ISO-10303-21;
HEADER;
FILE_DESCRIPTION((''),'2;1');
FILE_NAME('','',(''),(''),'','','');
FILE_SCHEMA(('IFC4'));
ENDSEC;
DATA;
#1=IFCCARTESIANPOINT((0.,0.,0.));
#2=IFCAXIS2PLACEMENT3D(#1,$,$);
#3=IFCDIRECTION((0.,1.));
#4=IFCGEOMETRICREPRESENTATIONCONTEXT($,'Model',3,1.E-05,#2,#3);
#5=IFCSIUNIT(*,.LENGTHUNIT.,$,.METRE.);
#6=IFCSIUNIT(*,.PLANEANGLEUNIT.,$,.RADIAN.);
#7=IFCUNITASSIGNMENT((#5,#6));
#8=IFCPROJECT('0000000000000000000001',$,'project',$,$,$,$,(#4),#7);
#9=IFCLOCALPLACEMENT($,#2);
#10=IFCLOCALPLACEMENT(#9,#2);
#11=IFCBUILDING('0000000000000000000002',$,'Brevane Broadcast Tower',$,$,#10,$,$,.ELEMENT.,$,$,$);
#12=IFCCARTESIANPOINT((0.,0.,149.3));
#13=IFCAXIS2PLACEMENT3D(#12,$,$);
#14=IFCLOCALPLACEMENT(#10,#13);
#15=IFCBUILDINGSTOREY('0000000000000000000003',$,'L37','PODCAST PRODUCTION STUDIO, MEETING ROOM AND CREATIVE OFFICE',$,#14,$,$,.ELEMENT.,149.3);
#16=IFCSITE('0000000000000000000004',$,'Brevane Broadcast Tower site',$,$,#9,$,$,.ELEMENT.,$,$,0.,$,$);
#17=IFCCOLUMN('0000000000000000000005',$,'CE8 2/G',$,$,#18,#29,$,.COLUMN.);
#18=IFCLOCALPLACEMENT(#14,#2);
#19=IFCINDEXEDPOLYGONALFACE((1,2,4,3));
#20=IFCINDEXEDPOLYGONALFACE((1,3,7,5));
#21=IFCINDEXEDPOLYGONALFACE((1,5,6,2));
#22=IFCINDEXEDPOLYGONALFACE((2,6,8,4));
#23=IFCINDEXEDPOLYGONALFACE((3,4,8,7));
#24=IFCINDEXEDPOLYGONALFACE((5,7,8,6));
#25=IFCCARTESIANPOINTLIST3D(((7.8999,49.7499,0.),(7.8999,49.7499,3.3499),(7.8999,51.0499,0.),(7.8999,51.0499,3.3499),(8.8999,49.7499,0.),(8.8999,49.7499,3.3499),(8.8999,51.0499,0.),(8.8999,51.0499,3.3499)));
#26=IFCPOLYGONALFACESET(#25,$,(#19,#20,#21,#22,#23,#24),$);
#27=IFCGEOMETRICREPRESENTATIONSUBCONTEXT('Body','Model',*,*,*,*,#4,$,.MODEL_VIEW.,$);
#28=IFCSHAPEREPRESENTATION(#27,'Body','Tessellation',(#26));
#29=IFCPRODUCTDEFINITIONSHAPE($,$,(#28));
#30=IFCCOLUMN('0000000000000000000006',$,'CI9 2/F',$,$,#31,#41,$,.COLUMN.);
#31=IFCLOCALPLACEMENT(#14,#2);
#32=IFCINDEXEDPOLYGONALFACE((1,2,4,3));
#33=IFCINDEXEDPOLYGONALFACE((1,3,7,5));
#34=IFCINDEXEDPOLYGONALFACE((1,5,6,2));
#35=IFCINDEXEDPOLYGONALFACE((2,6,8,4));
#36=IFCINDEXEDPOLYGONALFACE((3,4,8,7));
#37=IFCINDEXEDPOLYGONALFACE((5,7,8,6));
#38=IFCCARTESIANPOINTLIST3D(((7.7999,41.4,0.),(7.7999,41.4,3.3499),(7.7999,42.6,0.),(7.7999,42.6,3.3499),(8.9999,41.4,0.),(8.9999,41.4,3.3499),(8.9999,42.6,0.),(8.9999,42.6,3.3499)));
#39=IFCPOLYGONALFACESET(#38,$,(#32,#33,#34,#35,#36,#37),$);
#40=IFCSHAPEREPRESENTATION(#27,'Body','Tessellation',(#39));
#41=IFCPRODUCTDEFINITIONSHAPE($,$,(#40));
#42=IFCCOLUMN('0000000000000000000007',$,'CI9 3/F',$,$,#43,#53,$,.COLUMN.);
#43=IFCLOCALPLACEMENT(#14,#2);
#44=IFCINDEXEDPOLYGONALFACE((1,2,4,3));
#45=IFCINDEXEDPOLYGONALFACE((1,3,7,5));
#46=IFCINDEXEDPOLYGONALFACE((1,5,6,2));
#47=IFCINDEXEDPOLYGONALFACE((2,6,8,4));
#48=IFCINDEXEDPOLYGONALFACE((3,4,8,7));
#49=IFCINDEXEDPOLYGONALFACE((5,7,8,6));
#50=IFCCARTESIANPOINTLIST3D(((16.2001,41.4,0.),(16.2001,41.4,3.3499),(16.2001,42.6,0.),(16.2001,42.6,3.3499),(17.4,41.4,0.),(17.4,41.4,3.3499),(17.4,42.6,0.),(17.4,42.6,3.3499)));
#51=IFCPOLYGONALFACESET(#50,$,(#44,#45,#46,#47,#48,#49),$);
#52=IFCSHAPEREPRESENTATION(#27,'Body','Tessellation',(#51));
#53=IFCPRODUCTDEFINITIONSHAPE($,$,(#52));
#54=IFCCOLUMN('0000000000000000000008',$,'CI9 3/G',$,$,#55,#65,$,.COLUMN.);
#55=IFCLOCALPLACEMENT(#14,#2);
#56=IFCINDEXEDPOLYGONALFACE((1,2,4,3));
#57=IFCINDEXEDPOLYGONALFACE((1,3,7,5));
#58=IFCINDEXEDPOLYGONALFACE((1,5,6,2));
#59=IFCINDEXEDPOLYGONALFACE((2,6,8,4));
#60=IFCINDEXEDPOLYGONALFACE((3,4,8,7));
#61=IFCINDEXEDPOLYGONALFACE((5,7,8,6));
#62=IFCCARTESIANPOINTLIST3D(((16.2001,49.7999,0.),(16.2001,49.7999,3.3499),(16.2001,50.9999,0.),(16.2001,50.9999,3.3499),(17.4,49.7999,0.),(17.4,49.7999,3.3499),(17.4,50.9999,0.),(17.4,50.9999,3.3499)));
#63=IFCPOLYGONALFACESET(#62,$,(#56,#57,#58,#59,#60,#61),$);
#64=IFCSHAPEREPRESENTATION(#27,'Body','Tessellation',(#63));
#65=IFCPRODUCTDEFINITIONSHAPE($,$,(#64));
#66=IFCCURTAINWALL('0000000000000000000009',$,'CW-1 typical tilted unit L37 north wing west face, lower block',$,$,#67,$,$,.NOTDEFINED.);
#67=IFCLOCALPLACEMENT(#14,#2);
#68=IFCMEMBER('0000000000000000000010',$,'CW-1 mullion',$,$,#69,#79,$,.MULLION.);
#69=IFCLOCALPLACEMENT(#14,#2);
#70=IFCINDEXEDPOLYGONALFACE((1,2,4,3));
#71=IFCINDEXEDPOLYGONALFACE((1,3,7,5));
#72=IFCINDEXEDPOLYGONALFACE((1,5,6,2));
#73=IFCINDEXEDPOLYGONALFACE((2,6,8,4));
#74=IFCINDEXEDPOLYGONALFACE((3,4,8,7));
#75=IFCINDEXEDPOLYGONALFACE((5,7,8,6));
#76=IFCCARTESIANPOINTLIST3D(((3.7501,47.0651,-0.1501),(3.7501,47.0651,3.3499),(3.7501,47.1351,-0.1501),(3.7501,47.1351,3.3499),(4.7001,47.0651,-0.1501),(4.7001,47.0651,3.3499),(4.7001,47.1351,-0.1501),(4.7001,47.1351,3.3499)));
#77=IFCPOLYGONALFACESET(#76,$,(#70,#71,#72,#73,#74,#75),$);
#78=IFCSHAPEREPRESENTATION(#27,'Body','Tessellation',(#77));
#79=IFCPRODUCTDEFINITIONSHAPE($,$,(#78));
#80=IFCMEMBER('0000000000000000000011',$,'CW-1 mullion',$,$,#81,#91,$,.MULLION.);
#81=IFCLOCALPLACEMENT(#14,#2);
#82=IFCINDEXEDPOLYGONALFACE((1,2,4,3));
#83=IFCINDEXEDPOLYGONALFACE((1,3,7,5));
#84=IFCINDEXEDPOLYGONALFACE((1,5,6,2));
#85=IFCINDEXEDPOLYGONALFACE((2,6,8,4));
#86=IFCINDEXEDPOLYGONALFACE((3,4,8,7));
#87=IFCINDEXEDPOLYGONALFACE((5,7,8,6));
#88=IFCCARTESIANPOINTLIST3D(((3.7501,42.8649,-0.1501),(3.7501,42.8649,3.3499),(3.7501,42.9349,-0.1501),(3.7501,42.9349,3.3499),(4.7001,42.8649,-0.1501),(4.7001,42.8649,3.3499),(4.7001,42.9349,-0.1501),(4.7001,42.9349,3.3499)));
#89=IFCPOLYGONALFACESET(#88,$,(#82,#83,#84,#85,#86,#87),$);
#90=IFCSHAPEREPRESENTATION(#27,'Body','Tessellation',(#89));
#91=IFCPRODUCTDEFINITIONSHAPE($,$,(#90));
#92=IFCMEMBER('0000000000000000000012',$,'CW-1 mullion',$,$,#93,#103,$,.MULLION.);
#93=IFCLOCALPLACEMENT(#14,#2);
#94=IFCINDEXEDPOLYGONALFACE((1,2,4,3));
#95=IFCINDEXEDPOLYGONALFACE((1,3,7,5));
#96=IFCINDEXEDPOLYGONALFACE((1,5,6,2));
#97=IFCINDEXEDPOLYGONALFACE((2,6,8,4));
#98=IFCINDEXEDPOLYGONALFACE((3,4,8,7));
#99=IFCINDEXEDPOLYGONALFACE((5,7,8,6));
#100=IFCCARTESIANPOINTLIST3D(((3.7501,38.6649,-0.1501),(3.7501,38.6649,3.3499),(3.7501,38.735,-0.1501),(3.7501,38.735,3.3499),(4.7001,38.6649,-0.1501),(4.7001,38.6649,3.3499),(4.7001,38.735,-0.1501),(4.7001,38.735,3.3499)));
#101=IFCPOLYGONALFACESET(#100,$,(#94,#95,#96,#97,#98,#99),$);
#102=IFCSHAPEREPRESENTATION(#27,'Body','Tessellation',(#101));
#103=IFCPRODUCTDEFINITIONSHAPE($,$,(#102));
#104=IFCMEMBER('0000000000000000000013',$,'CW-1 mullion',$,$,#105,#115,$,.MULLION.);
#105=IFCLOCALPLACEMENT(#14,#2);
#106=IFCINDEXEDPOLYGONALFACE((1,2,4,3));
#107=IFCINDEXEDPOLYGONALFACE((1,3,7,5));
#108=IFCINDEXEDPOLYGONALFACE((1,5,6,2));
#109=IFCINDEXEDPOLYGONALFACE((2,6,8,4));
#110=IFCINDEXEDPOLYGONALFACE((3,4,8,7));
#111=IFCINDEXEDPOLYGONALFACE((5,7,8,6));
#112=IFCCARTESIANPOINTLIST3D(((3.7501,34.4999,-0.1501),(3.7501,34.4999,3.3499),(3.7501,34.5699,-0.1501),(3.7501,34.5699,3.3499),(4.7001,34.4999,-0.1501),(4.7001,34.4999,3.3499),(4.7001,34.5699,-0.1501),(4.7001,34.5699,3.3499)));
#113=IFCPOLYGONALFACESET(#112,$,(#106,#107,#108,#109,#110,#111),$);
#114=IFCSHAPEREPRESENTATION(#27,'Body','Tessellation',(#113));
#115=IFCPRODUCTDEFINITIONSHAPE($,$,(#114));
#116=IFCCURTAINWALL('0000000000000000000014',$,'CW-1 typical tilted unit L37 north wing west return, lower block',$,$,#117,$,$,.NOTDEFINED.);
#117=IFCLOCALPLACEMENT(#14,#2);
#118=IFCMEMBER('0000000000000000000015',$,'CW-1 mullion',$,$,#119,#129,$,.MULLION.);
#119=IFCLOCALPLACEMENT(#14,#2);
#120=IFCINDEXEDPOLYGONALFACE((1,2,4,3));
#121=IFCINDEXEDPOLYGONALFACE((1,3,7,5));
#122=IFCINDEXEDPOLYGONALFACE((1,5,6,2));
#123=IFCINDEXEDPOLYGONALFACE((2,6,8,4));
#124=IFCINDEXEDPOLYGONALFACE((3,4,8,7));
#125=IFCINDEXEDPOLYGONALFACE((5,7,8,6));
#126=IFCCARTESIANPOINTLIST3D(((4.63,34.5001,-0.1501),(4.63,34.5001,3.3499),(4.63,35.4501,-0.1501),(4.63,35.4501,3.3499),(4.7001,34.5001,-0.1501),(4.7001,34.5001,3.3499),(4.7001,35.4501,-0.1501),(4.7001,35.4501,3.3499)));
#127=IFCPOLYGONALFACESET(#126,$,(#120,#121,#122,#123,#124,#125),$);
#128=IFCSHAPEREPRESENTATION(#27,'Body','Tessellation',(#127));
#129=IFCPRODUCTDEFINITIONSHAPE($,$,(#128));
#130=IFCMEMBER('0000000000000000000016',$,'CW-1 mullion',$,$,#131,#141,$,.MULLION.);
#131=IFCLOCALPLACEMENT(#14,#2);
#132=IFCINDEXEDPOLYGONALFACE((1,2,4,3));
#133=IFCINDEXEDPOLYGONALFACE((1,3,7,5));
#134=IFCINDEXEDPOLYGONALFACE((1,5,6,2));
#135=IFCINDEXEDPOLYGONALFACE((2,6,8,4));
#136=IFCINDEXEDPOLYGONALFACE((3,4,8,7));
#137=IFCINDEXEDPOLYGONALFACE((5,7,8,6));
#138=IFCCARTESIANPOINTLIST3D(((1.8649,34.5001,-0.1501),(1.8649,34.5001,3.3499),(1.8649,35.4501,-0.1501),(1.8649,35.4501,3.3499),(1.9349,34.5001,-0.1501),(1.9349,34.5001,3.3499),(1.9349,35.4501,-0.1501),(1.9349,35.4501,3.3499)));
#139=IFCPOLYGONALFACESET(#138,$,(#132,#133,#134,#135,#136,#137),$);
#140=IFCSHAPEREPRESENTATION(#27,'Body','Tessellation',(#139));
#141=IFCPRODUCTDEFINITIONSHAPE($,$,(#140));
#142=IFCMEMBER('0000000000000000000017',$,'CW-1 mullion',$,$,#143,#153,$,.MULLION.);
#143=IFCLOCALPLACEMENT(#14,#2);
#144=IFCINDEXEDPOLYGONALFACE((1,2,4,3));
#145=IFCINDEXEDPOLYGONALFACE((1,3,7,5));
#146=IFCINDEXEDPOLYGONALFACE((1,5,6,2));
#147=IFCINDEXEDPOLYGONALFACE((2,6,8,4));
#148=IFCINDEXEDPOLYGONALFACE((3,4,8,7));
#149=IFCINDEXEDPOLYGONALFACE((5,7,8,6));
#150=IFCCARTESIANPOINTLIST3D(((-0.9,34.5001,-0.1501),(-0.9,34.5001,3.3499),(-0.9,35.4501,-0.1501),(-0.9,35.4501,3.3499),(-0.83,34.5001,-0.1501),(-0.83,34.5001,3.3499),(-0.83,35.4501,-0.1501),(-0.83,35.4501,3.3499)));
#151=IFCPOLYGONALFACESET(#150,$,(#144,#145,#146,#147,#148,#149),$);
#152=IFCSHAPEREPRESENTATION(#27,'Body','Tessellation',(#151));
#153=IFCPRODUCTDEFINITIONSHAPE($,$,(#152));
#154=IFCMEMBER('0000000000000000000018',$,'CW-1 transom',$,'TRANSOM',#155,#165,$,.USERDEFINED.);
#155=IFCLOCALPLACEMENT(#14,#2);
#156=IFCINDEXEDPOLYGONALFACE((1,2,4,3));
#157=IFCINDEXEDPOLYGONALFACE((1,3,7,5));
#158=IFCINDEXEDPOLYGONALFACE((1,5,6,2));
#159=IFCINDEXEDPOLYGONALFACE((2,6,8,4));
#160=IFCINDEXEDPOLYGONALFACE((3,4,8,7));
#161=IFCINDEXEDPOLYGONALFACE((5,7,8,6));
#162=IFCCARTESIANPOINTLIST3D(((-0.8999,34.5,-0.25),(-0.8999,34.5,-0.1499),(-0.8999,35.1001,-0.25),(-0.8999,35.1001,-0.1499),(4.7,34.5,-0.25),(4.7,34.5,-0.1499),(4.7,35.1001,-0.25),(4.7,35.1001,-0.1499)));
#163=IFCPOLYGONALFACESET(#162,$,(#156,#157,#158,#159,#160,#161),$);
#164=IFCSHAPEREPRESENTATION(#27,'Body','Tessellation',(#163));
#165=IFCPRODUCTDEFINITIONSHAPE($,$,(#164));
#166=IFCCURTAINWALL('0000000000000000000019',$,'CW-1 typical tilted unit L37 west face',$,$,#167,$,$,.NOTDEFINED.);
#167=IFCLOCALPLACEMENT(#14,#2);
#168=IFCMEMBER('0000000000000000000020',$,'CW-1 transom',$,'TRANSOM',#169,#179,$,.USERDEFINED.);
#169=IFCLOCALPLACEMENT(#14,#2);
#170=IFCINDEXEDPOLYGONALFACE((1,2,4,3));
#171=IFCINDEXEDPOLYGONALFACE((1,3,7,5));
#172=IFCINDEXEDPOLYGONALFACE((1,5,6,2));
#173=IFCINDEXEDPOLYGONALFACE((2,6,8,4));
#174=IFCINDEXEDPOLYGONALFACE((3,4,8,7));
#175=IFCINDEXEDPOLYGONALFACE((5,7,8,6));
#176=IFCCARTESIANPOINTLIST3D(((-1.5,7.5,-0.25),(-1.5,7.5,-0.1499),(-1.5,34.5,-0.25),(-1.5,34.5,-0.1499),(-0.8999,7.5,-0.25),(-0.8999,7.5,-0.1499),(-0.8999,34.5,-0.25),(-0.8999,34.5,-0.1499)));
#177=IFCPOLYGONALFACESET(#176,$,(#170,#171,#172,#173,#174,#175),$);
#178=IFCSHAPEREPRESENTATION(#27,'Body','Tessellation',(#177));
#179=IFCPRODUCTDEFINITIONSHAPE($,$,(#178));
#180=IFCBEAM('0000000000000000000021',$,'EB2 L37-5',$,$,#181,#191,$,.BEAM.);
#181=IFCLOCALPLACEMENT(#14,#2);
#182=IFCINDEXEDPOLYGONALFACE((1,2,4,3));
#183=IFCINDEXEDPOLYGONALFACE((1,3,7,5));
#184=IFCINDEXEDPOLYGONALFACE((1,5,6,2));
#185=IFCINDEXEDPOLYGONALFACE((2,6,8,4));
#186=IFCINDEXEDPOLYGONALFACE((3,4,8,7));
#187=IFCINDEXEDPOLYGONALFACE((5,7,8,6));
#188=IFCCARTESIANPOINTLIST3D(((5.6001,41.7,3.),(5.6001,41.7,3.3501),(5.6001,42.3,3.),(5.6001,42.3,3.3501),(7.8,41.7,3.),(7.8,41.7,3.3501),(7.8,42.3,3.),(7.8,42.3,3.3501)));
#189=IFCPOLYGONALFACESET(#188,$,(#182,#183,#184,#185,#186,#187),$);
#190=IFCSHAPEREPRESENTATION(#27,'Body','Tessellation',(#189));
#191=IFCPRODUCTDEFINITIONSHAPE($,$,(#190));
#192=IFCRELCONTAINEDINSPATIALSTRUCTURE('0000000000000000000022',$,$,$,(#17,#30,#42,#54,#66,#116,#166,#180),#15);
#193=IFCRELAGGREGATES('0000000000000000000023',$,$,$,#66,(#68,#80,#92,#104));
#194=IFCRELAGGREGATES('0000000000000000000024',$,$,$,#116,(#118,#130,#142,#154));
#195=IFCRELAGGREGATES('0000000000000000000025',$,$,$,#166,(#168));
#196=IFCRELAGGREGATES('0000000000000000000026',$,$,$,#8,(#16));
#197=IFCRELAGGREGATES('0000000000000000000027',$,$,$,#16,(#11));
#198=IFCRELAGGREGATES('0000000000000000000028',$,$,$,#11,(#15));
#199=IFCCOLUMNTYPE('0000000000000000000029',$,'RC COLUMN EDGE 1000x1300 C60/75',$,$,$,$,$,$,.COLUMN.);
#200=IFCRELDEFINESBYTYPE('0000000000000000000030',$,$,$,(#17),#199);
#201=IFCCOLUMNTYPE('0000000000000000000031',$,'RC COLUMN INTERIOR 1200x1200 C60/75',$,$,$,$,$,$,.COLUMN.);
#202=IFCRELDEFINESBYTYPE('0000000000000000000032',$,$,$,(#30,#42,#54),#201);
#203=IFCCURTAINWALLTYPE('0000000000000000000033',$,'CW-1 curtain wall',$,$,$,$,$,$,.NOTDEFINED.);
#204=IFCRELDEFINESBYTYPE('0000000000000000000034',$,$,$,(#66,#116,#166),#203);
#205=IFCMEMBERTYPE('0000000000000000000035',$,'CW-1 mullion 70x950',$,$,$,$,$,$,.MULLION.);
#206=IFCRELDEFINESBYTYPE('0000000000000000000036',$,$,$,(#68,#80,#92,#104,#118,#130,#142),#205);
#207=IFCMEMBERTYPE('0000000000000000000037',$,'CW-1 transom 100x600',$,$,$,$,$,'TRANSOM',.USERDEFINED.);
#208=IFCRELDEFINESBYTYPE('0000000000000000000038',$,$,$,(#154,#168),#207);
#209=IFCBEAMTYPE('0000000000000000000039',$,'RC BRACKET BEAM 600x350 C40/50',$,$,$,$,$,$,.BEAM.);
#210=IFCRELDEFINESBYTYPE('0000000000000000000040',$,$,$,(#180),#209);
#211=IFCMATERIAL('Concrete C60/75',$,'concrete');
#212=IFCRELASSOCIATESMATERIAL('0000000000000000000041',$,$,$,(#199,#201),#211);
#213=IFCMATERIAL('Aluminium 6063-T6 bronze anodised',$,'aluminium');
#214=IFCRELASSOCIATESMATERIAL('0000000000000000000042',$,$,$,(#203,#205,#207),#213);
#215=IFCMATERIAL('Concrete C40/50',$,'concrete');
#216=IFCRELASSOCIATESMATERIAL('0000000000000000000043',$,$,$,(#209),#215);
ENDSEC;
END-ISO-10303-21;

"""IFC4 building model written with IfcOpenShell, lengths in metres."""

from ifc_helpers import new_model, si_unit, direction, frame, origin, origin_2d, place, context, subcontext, project, spatial, rectangle, extrude, material, material_profile, profile_set, type_object, element, aggregate, save


model = new_model("IFC4")

# Units and contexts
model_context = context("Model", 3, precision=1e-05, world=origin(), true_north=direction((0.0, 1.0)))
body_context = subcontext(model_context, "Body", "Model", "MODEL_VIEW")
ifc_project = project(units=[si_unit("LENGTHUNIT", "METRE"), si_unit("PLANEANGLEUNIT", "RADIAN")], contexts=[model_context])

# Site, building, storey
site_placement = place(None, origin())
site = spatial("IfcSite", under=ifc_project, at=site_placement, Name="Brevane Broadcast Tower site", CompositionType="ELEMENT", RefElevation=0.0)
building_placement = place(site_placement, origin())
building = spatial("IfcBuilding", under=site, at=building_placement, Name="Brevane Broadcast Tower", CompositionType="ELEMENT")
storey_placement = place(building_placement, frame((0.0, 0.0, 149.3)))
storey = spatial("IfcBuildingStorey", under=building, at=storey_placement, Name="L37", Description="PODCAST PRODUCTION STUDIO, MEETING ROOM AND CREATIVE OFFICE", CompositionType="ELEMENT", Elevation=149.3)

# Columns
ifc_material_1 = material(Name="Concrete C60/75", Category="concrete")
ifc_material_profile_1 = material_profile(ifc_material_1, rectangle(XDim=1.0, YDim=1.3, at=origin_2d()), Name="RC 1000x1300")
ifc_profile_set_1 = profile_set([ifc_material_profile_1], Name="Concrete C60/75")
column_type_1 = type_object("IfcColumnType", Name="RC COLUMN EDGE 1000x1300 C60/75", PredefinedType="COLUMN", material=ifc_profile_set_1)
column_placement = place(storey_placement, frame((8.3999, 50.3999, 0.0), z_axis=(0.0, 0.0, 1.0), x_axis=(1.0, 0.0, 0.0)))
element("IfcColumn", 1, at=column_placement, inside=storey, type_object=column_type_1, Name="CE8 2/G", PredefinedType="COLUMN", context=body_context, shape_type="SweptSolid", body=[
    extrude(rectangle(XDim=1.0, YDim=1.3, at=origin_2d()), origin(), (0.0, 0.0, 1.0), 3.3499),
])
ifc_material_profile_2 = material_profile(ifc_material_1, rectangle(XDim=1.2, YDim=1.2, at=origin_2d()), Name="RC 1200x1200")
ifc_profile_set_2 = profile_set([ifc_material_profile_2], Name="Concrete C60/75")
column_type_2 = type_object("IfcColumnType", Name="RC COLUMN INTERIOR 1200x1200 C60/75", PredefinedType="COLUMN", material=ifc_profile_set_2)
for number, where, z_axis, x_axis, name in (
    (2, (8.3999, 42.0, 0.0), (0.0, 0.0, 1.0), (1.0, 0.0, 0.0), "CI9 2/F"),
    (3, (16.8, 42.0, 0.0), (0.0, 0.0, 1.0), (1.0, 0.0, 0.0), "CI9 3/F"),
    (4, (16.8, 50.3999, 0.0), (0.0, 0.0, 1.0), (1.0, 0.0, 0.0), "CI9 3/G"),
):
    element("IfcColumn", number, at=place(storey_placement, frame(where, z_axis=z_axis, x_axis=x_axis)), inside=storey, type_object=column_type_2, Name=name, PredefinedType="COLUMN", context=body_context, shape_type="SweptSolid", body=[
        extrude(rectangle(XDim=1.2, YDim=1.2, at=origin_2d()), origin(), (0.0, 0.0, 1.0), 3.3499),
    ])

# Curtain walls, members
ifc_material_2 = material(Name="Aluminium 6063-T6 bronze anodised", Category="aluminium")
curtain_wall_type = type_object("IfcCurtainWallType", Name="CW-1 curtain wall", PredefinedType="NOTDEFINED", material=ifc_material_2)
curtain_wall_1_placement = place(storey_placement, origin())
curtain_wall_1 = element("IfcCurtainWall", 5, at=curtain_wall_1_placement, inside=storey, type_object=curtain_wall_type, Name="CW-1 typical tilted unit L37 north wing west face, lower block", PredefinedType="NOTDEFINED")
ifc_material_profile_3 = material_profile(ifc_material_2, rectangle(XDim=0.95, YDim=0.0701, at=origin_2d()), Name="RECT 70x950")
ifc_profile_set_3 = profile_set([ifc_material_profile_3], Name="Aluminium 6063-T6 bronze anodised")
member_type_1 = type_object("IfcMemberType", Name="CW-1 mullion 70x950", PredefinedType="MULLION", material=ifc_profile_set_3)
member_1_placement = place(storey_placement, frame((4.2251, 47.1001, -0.1501), z_axis=(0.0, 0.0, 1.0), x_axis=(1.0, 0.0, 0.0)))
member_1 = element("IfcMember", 6, at=member_1_placement, type_object=member_type_1, Name="CW-1 mullion", PredefinedType="MULLION", context=body_context, shape_type="SweptSolid", body=[
    extrude(rectangle(XDim=0.95, YDim=0.0701, at=origin_2d()), origin(), (0.0, 0.0, 1.0), 3.5),
])
member_2_placement = place(storey_placement, frame((4.2251, 42.8999, -0.1501), z_axis=(0.0, 0.0, 1.0), x_axis=(1.0, 0.0, 0.0)))
member_2 = element("IfcMember", 7, at=member_2_placement, type_object=member_type_1, Name="CW-1 mullion", PredefinedType="MULLION", context=body_context, shape_type="SweptSolid", body=[
    extrude(rectangle(XDim=0.95, YDim=0.0701, at=origin_2d()), origin(), (0.0, 0.0, 1.0), 3.5),
])
member_3_placement = place(storey_placement, frame((4.2251, 38.7, -0.1501), z_axis=(0.0, 0.0, 1.0), x_axis=(1.0, 0.0, 0.0)))
member_3 = element("IfcMember", 8, at=member_3_placement, type_object=member_type_1, Name="CW-1 mullion", PredefinedType="MULLION", context=body_context, shape_type="SweptSolid", body=[
    extrude(rectangle(XDim=0.95, YDim=0.0701, at=origin_2d()), origin(), (0.0, 0.0, 1.0), 3.5),
])
member_4_placement = place(storey_placement, frame((4.2251, 34.5349, -0.1501), z_axis=(0.0, 0.0, 1.0), x_axis=(1.0, 0.0, 0.0)))
member_4 = element("IfcMember", 9, at=member_4_placement, type_object=member_type_1, Name="CW-1 mullion", PredefinedType="MULLION", context=body_context, shape_type="SweptSolid", body=[
    extrude(rectangle(XDim=0.95, YDim=0.0701, at=origin_2d()), origin(), (0.0, 0.0, 1.0), 3.5),
])
aggregate(curtain_wall_1, [member_1, member_2, member_3, member_4])
curtain_wall_2_placement = place(storey_placement, origin())
curtain_wall_2 = element("IfcCurtainWall", 10, at=curtain_wall_2_placement, inside=storey, type_object=curtain_wall_type, Name="CW-1 typical tilted unit L37 north wing west return, lower block", PredefinedType="NOTDEFINED")
member_5_placement = place(storey_placement, frame((4.665, 34.9751, -0.1501), z_axis=(0.0, 0.0, 1.0), x_axis=(0.0, -1.0, 0.0)))
member_5 = element("IfcMember", 11, at=member_5_placement, type_object=member_type_1, Name="CW-1 mullion", PredefinedType="MULLION", context=body_context, shape_type="SweptSolid", body=[
    extrude(rectangle(XDim=0.95, YDim=0.0701, at=origin_2d()), origin(), (0.0, 0.0, 1.0), 3.5),
])
member_6_placement = place(storey_placement, frame((1.8999, 34.9751, -0.1501), z_axis=(0.0, 0.0, 1.0), x_axis=(0.0, -1.0, 0.0)))
member_6 = element("IfcMember", 12, at=member_6_placement, type_object=member_type_1, Name="CW-1 mullion", PredefinedType="MULLION", context=body_context, shape_type="SweptSolid", body=[
    extrude(rectangle(XDim=0.95, YDim=0.0701, at=origin_2d()), origin(), (0.0, 0.0, 1.0), 3.5),
])
member_7_placement = place(storey_placement, frame((-0.865, 34.9751, -0.1501), z_axis=(0.0, 0.0, 1.0), x_axis=(0.0, -1.0, 0.0)))
member_7 = element("IfcMember", 13, at=member_7_placement, type_object=member_type_1, Name="CW-1 mullion", PredefinedType="MULLION", context=body_context, shape_type="SweptSolid", body=[
    extrude(rectangle(XDim=0.95, YDim=0.0701, at=origin_2d()), origin(), (0.0, 0.0, 1.0), 3.5),
])
ifc_material_profile_4 = material_profile(ifc_material_2, rectangle(XDim=0.6001, YDim=0.1001, at=origin_2d()), Name="RECT 100x600")
ifc_profile_set_4 = profile_set([ifc_material_profile_4], Name="Aluminium 6063-T6 bronze anodised")
member_type_2 = type_object("IfcMemberType", Name="CW-1 transom 100x600", ElementType="TRANSOM", PredefinedType="USERDEFINED", material=ifc_profile_set_4)
member_8_placement = place(storey_placement, frame((4.7, 34.8, -0.2), z_axis=(-1.0, 0.0, 0.0), x_axis=(0.0, -1.0, 0.0)))
member_8 = element("IfcMember", 14, at=member_8_placement, type_object=member_type_2, Name="CW-1 transom", ObjectType="TRANSOM", PredefinedType="USERDEFINED", context=body_context, shape_type="SweptSolid", body=[
    extrude(rectangle(XDim=0.6001, YDim=0.1001, at=origin_2d()), origin(), (0.0, 0.0, 1.0), 5.5999),
])
aggregate(curtain_wall_2, [member_5, member_6, member_7, member_8])

# Curtain wall, member
curtain_wall_3_placement = place(storey_placement, origin())
curtain_wall_3 = element("IfcCurtainWall", 15, at=curtain_wall_3_placement, inside=storey, type_object=curtain_wall_type, Name="CW-1 typical tilted unit L37 west face", PredefinedType="NOTDEFINED")
member_9_placement = place(storey_placement, frame((-1.2, 34.5, -0.2), z_axis=(0.0, -1.0, 0.0), x_axis=(1.0, 0.0, 0.0)))
member_9 = element("IfcMember", 16, at=member_9_placement, type_object=member_type_2, Name="CW-1 transom", ObjectType="TRANSOM", PredefinedType="USERDEFINED", context=body_context, shape_type="SweptSolid", body=[
    extrude(rectangle(XDim=0.6001, YDim=0.1001, at=origin_2d()), origin(), (0.0, 0.0, 1.0), 27.0),
])
aggregate(curtain_wall_3, [member_9])

# Beam
ifc_material_3 = material(Name="Concrete C40/50", Category="concrete")
ifc_material_profile_5 = material_profile(ifc_material_3, rectangle(XDim=0.6001, YDim=0.3501, at=origin_2d()), Name="RC 600x350")
ifc_profile_set_5 = profile_set([ifc_material_profile_5], Name="Concrete C40/50")
beam_type_1 = type_object("IfcBeamType", Name="RC BRACKET BEAM 600x350 C40/50", PredefinedType="BEAM", material=ifc_profile_set_5)
beam_1_placement = place(storey_placement, frame((7.8, 42.0, 3.175), z_axis=(-1.0, 0.0, 0.0), x_axis=(0.0, -1.0, 0.0)))
element("IfcBeam", 17, at=beam_1_placement, inside=storey, type_object=beam_type_1, Name="EB2 L37-5", PredefinedType="BEAM", context=body_context, shape_type="SweptSolid", body=[
    extrude(rectangle(XDim=0.6001, YDim=0.3501, at=origin_2d()), origin(), (0.0, 0.0, 1.0), 2.2),
])

save(model, "model.ifc")
